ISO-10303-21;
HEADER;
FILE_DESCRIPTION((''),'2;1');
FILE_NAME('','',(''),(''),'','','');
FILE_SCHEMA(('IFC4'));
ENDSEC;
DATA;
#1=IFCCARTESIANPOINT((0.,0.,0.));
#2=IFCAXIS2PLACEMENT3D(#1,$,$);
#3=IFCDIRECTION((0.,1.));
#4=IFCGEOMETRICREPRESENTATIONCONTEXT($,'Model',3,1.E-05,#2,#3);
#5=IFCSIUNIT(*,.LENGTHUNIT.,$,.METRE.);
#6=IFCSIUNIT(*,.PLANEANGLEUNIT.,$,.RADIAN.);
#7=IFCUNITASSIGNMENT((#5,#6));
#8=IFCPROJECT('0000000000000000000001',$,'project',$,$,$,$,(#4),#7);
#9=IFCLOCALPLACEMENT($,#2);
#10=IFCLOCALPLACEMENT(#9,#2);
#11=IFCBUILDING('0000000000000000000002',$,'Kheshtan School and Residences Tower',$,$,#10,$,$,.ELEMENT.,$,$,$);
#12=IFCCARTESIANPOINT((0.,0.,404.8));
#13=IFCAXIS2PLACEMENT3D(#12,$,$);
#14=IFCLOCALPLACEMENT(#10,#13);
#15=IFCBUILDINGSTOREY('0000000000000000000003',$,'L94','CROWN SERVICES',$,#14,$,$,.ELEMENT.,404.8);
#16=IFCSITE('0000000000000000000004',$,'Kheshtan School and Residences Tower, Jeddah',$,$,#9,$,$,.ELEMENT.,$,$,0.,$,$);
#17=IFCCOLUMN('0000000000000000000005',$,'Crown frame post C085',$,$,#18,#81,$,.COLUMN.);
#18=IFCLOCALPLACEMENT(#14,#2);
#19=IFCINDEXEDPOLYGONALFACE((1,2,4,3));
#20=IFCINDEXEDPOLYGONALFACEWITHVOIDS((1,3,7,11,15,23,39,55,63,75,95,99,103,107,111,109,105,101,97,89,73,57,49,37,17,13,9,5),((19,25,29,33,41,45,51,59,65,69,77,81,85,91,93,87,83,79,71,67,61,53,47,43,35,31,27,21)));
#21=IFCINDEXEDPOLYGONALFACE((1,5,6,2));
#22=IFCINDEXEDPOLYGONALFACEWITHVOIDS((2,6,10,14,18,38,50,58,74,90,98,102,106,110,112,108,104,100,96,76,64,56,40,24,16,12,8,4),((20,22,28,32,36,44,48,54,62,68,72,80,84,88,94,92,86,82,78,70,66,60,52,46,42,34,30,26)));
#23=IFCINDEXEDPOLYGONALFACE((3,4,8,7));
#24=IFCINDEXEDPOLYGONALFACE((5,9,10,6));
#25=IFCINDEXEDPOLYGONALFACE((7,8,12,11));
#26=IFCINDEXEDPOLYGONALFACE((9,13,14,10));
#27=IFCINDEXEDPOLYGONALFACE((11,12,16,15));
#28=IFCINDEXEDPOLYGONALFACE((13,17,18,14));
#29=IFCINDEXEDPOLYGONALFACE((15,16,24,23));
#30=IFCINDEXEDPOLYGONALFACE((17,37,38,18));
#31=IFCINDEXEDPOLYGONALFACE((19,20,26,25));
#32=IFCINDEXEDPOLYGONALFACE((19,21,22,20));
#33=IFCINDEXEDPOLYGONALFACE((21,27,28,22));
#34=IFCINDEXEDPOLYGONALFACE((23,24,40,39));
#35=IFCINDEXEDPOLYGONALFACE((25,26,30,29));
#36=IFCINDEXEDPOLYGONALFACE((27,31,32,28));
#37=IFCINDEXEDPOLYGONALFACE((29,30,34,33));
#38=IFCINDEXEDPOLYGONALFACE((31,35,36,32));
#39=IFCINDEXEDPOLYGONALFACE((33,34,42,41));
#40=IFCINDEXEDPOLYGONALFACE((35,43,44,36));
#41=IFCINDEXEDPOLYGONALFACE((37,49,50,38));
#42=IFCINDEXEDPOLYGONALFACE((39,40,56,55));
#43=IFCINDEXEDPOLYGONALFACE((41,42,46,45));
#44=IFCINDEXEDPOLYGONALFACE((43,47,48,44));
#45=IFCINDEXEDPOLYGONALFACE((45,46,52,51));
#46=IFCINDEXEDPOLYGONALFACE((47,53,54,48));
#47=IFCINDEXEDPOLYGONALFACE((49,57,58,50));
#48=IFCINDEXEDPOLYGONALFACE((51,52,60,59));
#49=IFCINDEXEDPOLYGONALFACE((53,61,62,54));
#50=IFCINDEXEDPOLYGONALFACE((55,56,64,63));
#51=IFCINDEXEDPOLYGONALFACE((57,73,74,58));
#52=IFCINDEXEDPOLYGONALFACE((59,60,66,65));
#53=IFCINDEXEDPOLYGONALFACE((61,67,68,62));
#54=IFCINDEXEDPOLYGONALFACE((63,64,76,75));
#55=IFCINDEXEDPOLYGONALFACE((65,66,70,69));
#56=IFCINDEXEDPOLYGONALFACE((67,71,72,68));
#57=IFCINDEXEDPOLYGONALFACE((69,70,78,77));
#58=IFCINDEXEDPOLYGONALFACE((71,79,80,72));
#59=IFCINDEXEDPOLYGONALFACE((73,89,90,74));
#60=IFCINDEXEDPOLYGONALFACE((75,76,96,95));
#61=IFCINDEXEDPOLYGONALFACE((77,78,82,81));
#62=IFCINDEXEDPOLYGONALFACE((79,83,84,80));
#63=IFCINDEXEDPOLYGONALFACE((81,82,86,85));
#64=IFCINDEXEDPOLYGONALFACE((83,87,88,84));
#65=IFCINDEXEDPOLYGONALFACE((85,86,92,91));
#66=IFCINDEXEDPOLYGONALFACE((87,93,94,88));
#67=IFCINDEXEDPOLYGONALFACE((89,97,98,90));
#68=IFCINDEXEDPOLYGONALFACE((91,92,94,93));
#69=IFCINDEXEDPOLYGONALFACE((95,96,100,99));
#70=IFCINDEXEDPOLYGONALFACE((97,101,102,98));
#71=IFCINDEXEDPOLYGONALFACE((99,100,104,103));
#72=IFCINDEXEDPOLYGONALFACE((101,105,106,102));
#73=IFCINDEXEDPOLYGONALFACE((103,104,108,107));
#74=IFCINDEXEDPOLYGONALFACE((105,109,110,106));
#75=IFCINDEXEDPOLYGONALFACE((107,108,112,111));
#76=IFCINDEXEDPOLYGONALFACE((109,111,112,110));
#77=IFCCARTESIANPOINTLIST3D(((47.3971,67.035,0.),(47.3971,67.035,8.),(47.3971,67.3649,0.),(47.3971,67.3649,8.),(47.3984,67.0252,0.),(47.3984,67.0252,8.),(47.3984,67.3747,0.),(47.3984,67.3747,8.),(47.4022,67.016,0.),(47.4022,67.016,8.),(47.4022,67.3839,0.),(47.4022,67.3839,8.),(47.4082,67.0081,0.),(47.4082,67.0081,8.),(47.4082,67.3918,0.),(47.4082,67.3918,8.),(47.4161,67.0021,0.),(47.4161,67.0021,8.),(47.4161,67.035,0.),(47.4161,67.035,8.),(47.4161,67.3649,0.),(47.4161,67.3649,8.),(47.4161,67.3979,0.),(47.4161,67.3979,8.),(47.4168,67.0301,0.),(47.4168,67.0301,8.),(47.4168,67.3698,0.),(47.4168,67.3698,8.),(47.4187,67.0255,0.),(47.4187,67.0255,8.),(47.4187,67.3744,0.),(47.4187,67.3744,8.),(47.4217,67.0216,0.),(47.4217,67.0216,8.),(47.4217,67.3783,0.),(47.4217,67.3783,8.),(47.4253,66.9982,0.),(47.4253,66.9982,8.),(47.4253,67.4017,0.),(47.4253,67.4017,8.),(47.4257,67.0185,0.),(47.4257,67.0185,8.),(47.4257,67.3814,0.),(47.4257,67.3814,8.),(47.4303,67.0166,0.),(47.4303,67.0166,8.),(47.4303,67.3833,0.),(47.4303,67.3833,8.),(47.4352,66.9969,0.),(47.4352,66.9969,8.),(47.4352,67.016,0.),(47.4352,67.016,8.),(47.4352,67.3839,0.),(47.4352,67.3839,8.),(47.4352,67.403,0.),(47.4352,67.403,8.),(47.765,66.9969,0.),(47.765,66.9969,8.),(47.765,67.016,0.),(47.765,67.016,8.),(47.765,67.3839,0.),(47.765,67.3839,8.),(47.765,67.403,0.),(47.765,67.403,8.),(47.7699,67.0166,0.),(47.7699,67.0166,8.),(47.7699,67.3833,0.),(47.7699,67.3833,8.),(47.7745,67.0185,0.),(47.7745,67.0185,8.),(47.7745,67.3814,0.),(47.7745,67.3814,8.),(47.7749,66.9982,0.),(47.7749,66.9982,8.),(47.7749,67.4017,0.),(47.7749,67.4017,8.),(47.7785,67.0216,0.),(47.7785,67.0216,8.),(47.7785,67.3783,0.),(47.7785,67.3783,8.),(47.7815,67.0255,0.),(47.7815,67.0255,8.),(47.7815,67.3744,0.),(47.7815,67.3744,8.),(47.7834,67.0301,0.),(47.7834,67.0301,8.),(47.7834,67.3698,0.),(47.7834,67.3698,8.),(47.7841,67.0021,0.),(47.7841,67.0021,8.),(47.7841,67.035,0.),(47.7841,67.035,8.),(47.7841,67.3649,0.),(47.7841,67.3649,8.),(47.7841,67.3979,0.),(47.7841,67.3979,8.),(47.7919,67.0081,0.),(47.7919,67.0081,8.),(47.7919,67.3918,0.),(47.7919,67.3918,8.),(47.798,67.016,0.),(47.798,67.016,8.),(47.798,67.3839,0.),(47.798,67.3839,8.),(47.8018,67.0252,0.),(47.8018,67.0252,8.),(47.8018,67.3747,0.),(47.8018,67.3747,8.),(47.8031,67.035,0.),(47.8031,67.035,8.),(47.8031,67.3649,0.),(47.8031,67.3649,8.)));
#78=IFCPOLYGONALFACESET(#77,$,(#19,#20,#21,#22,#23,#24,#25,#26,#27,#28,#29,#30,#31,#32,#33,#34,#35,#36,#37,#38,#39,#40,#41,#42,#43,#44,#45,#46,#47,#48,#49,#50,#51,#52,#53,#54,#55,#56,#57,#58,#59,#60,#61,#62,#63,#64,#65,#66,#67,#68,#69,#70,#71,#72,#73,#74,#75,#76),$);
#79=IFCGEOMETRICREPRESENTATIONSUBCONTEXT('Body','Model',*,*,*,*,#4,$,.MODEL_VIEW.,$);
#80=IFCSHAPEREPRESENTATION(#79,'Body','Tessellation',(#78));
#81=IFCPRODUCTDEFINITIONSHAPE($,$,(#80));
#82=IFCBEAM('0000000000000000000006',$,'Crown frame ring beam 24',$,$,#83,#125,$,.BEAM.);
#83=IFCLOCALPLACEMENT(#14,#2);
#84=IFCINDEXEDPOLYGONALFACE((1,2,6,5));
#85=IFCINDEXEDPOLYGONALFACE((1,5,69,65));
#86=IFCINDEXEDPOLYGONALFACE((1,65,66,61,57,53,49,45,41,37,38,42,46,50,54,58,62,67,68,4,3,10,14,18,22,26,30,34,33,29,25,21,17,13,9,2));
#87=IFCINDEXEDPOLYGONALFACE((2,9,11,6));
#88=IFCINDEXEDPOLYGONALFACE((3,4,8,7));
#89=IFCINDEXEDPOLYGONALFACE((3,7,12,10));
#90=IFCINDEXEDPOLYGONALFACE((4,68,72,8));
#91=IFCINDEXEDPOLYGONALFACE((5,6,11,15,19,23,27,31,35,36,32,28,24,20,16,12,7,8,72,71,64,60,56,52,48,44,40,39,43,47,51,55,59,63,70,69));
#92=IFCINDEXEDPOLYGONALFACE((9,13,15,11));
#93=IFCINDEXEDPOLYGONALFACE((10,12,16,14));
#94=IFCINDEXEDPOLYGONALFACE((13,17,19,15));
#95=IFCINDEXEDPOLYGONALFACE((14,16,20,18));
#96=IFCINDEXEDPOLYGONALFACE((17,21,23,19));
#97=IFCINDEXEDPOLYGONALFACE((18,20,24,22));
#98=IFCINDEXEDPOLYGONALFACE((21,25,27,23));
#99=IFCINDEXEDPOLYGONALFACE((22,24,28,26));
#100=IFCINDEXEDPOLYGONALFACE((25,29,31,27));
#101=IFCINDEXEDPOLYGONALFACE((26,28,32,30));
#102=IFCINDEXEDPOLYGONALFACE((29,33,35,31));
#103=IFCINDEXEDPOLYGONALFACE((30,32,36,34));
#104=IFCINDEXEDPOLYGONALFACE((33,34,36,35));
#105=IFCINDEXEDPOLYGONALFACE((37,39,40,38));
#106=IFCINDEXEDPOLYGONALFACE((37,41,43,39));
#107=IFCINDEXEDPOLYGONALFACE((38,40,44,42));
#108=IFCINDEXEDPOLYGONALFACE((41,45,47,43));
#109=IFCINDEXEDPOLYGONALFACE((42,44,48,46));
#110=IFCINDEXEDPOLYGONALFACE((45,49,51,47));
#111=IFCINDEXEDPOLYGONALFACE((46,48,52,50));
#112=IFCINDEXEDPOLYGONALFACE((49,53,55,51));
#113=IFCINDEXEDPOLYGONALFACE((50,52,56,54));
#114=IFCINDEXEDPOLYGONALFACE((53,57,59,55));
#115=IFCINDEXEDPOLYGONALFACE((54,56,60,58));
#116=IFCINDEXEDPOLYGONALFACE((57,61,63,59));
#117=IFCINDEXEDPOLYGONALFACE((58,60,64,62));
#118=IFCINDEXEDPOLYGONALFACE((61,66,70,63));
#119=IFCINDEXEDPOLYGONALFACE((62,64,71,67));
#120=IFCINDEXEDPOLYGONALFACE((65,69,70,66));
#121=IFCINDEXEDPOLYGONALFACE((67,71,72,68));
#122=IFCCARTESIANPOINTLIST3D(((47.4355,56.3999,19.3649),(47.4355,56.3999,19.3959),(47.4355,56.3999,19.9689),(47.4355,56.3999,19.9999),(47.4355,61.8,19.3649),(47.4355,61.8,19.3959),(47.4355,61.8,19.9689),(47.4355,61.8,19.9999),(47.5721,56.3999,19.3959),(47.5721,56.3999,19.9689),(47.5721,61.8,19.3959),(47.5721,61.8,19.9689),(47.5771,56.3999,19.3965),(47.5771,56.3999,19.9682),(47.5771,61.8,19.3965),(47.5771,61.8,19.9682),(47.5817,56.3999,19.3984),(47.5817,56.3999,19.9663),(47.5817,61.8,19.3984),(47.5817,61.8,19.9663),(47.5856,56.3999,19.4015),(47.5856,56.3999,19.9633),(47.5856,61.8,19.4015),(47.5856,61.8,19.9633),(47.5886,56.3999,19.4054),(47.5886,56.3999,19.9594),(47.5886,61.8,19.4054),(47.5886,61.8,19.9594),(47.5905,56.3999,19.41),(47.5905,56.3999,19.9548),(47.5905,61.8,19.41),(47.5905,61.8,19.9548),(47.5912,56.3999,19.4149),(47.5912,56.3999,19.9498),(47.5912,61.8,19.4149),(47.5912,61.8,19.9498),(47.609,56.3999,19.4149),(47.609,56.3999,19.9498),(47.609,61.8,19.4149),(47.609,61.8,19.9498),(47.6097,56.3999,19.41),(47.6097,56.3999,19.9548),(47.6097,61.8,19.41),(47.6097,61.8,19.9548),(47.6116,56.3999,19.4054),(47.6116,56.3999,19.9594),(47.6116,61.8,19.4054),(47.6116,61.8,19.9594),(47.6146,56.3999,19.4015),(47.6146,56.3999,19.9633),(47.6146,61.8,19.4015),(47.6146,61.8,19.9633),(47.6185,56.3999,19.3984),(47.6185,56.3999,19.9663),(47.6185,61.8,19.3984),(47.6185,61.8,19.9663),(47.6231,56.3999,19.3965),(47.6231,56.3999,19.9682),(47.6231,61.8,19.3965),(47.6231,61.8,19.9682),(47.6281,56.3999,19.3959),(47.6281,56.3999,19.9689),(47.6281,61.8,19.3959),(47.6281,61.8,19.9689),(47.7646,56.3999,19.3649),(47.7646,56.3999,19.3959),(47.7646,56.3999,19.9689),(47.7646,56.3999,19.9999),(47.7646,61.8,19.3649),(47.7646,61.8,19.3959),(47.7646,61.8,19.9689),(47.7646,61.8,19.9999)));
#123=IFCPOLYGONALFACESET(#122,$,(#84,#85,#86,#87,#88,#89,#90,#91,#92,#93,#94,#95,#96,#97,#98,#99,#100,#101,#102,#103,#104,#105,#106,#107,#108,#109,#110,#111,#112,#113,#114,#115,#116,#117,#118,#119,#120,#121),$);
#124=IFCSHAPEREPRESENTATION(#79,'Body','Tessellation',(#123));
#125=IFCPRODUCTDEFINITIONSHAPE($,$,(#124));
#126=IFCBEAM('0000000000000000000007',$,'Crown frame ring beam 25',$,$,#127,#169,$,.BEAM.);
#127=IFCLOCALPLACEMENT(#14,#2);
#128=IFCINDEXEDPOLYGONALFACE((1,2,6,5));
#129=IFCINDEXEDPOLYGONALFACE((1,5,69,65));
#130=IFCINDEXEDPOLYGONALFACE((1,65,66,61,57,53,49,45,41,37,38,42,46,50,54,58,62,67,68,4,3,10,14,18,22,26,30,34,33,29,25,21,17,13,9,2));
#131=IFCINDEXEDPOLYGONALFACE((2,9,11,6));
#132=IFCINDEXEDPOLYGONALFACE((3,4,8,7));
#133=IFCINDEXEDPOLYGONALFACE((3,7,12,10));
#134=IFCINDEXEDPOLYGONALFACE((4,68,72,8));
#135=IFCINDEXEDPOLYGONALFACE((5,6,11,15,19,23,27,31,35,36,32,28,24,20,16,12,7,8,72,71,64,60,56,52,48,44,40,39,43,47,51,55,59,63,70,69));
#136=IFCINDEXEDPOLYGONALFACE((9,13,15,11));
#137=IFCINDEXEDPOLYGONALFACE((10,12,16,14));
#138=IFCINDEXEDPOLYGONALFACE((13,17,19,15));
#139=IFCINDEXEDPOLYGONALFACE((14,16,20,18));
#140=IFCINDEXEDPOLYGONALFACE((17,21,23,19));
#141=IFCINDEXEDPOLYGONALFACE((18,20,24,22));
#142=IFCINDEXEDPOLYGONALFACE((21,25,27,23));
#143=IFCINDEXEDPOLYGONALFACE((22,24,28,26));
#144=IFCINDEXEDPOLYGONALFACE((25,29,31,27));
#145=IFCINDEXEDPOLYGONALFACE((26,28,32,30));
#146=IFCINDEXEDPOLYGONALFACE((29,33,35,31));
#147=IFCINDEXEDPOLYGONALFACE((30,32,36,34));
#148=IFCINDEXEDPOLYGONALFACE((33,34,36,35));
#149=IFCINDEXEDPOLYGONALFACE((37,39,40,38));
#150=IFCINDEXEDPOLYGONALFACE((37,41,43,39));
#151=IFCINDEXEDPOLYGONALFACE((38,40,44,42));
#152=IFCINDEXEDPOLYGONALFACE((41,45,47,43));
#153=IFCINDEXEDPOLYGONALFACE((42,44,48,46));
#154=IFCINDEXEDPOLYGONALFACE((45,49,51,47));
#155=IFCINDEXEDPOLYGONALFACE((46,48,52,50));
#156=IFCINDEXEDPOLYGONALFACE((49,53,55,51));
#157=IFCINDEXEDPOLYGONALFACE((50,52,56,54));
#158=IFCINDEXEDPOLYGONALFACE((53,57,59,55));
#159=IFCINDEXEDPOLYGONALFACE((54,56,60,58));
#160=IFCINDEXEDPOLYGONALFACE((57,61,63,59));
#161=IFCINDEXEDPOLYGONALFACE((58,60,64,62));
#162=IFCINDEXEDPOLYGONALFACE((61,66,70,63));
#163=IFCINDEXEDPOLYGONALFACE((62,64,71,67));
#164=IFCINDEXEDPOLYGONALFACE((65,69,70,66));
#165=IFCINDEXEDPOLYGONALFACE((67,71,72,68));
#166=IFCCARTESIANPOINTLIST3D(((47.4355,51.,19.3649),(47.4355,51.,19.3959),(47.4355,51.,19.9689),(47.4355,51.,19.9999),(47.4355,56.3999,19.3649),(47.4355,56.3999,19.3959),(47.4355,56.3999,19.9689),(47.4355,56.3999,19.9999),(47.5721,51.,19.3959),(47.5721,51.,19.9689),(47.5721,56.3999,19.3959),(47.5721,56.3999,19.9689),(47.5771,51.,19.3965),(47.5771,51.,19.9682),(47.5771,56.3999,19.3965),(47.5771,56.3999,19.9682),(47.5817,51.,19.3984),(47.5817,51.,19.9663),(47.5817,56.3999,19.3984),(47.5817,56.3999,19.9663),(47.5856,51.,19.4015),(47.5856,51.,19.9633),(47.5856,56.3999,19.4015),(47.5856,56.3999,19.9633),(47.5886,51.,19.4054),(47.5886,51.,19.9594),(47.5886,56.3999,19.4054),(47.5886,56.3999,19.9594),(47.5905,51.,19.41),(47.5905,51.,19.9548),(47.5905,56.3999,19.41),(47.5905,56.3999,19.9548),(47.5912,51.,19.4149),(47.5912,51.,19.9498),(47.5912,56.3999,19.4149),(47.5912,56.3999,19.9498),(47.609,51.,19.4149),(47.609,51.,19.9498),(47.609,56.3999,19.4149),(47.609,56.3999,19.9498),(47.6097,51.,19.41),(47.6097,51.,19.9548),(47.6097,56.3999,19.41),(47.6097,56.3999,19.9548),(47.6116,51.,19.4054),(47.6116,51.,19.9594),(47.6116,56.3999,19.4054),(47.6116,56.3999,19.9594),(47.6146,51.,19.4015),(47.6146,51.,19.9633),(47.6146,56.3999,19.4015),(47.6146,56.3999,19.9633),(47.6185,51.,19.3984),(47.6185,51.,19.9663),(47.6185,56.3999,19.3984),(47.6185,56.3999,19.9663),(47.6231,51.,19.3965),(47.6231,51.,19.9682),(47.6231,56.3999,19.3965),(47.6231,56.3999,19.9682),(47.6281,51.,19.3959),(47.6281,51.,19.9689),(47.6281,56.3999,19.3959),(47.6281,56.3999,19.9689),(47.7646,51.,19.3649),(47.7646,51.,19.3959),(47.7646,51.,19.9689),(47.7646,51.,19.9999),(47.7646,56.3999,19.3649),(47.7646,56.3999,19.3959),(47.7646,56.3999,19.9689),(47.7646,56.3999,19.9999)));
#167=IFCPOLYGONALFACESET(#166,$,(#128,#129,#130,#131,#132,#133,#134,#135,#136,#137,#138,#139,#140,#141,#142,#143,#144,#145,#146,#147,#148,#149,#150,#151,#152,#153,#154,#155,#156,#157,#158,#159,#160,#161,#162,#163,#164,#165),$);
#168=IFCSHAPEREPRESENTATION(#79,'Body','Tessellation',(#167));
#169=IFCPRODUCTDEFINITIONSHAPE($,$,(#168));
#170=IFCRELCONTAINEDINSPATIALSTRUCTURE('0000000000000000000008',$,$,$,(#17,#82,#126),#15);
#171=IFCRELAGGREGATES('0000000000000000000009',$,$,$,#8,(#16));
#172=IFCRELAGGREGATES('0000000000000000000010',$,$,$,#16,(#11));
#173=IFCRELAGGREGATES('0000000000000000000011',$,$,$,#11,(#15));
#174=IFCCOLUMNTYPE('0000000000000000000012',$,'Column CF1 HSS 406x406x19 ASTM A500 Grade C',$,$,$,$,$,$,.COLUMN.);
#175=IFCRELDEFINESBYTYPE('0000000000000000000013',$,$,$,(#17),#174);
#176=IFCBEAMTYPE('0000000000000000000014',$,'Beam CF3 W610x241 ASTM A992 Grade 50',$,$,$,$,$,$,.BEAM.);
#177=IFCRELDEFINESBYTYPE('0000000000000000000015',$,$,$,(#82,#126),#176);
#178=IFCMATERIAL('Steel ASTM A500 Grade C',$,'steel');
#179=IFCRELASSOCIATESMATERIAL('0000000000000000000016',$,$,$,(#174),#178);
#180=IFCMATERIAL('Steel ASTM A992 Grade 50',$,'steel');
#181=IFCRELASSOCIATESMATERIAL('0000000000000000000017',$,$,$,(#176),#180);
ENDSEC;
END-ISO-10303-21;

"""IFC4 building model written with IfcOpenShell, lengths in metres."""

from ifc_helpers import new_model, si_unit, direction, frame, origin, origin_2d, place, context, subcontext, project, spatial, hollow_rectangle, i_section, extrude, material, material_profile, profile_set, type_object, element, save


model = new_model("IFC4")

# Units and contexts
model_context = context("Model", 3, precision=1e-05, world=origin(), true_north=direction((0.0, 1.0)))
body_context = subcontext(model_context, "Body", "Model", "MODEL_VIEW")
ifc_project = project(units=[si_unit("LENGTHUNIT", "METRE"), si_unit("PLANEANGLEUNIT", "RADIAN")], contexts=[model_context])

# Site, building, storey
site_placement = place(None, origin())
site = spatial("IfcSite", under=ifc_project, at=site_placement, Name="Kheshtan School and Residences Tower, Jeddah", CompositionType="ELEMENT", RefElevation=0.0)
building_placement = place(site_placement, origin())
building = spatial("IfcBuilding", under=site, at=building_placement, Name="Kheshtan School and Residences Tower", CompositionType="ELEMENT")
storey_placement = place(building_placement, frame((0.0, 0.0, 404.8)))
storey = spatial("IfcBuildingStorey", under=building, at=storey_placement, Name="L94", Description="CROWN SERVICES", CompositionType="ELEMENT", Elevation=404.8)

# Column
ifc_material_1 = material(Name="Steel ASTM A500 Grade C", Category="steel")
ifc_material_profile_1 = material_profile(ifc_material_1, hollow_rectangle(XDim=0.406, YDim=0.406, WallThickness=0.019, InnerFilletRadius=0.019, OuterFilletRadius=0.0381, at=origin_2d()), Name="HSS 406x406x19")
ifc_profile_set_1 = profile_set([ifc_material_profile_1], Name="Steel ASTM A500 Grade C")
column_type = type_object("IfcColumnType", Name="Column CF1 HSS 406x406x19 ASTM A500 Grade C", PredefinedType="COLUMN", material=ifc_profile_set_1)
for number, where, z_axis, x_axis, name in (
    (1, (47.6001, 67.2, 0.0), (0.0, 0.0, 1.0), (1.0, 0.0, 0.0), "Crown frame post C085"),
):
    element("IfcColumn", number, at=place(storey_placement, frame(where, z_axis=z_axis, x_axis=x_axis)), inside=storey, type_object=column_type, Name=name, PredefinedType="COLUMN", context=body_context, shape_type="SweptSolid", body=[
        extrude(hollow_rectangle(XDim=0.406, YDim=0.406, WallThickness=0.019, InnerFilletRadius=0.019, OuterFilletRadius=0.0381, at=origin_2d()), origin(), (0.0, 0.0, 1.0), 8.0),
    ])

# Beams
ifc_material_2 = material(Name="Steel ASTM A992 Grade 50", Category="steel")
ifc_material_profile_2 = material_profile(ifc_material_2, i_section(OverallWidth=0.3291, OverallDepth=0.635, WebThickness=0.0178, FlangeThickness=0.031, FilletRadius=0.019, at=origin_2d()), Name="W610x241")
ifc_profile_set_2 = profile_set([ifc_material_profile_2], Name="Steel ASTM A992 Grade 50")
beam_type_1 = type_object("IfcBeamType", Name="Beam CF3 W610x241 ASTM A992 Grade 50", PredefinedType="BEAM", material=ifc_profile_set_2)
beam_1_placement = place(storey_placement, frame((47.6001, 61.8, 19.6824), z_axis=(0.0, -1.0, 0.0), x_axis=(1.0, 0.0, 0.0)))
element("IfcBeam", 2, at=beam_1_placement, inside=storey, type_object=beam_type_1, Name="Crown frame ring beam 24", PredefinedType="BEAM", context=body_context, shape_type="SweptSolid", body=[
    extrude(i_section(OverallWidth=0.3291, OverallDepth=0.635, WebThickness=0.0178, FlangeThickness=0.031, FilletRadius=0.019, at=origin_2d()), origin(), (0.0, 0.0, 1.0), 5.4001),
])
beam_2_placement = place(storey_placement, frame((47.6001, 56.3999, 19.6824), z_axis=(0.0, -1.0, 0.0), x_axis=(1.0, 0.0, 0.0)))
element("IfcBeam", 3, at=beam_2_placement, inside=storey, type_object=beam_type_1, Name="Crown frame ring beam 25", PredefinedType="BEAM", context=body_context, shape_type="SweptSolid", body=[
    extrude(i_section(OverallWidth=0.3291, OverallDepth=0.635, WebThickness=0.0178, FlangeThickness=0.031, FilletRadius=0.019, at=origin_2d()), origin(), (0.0, 0.0, 1.0), 5.3999),
])

save(model, "model.ifc")
